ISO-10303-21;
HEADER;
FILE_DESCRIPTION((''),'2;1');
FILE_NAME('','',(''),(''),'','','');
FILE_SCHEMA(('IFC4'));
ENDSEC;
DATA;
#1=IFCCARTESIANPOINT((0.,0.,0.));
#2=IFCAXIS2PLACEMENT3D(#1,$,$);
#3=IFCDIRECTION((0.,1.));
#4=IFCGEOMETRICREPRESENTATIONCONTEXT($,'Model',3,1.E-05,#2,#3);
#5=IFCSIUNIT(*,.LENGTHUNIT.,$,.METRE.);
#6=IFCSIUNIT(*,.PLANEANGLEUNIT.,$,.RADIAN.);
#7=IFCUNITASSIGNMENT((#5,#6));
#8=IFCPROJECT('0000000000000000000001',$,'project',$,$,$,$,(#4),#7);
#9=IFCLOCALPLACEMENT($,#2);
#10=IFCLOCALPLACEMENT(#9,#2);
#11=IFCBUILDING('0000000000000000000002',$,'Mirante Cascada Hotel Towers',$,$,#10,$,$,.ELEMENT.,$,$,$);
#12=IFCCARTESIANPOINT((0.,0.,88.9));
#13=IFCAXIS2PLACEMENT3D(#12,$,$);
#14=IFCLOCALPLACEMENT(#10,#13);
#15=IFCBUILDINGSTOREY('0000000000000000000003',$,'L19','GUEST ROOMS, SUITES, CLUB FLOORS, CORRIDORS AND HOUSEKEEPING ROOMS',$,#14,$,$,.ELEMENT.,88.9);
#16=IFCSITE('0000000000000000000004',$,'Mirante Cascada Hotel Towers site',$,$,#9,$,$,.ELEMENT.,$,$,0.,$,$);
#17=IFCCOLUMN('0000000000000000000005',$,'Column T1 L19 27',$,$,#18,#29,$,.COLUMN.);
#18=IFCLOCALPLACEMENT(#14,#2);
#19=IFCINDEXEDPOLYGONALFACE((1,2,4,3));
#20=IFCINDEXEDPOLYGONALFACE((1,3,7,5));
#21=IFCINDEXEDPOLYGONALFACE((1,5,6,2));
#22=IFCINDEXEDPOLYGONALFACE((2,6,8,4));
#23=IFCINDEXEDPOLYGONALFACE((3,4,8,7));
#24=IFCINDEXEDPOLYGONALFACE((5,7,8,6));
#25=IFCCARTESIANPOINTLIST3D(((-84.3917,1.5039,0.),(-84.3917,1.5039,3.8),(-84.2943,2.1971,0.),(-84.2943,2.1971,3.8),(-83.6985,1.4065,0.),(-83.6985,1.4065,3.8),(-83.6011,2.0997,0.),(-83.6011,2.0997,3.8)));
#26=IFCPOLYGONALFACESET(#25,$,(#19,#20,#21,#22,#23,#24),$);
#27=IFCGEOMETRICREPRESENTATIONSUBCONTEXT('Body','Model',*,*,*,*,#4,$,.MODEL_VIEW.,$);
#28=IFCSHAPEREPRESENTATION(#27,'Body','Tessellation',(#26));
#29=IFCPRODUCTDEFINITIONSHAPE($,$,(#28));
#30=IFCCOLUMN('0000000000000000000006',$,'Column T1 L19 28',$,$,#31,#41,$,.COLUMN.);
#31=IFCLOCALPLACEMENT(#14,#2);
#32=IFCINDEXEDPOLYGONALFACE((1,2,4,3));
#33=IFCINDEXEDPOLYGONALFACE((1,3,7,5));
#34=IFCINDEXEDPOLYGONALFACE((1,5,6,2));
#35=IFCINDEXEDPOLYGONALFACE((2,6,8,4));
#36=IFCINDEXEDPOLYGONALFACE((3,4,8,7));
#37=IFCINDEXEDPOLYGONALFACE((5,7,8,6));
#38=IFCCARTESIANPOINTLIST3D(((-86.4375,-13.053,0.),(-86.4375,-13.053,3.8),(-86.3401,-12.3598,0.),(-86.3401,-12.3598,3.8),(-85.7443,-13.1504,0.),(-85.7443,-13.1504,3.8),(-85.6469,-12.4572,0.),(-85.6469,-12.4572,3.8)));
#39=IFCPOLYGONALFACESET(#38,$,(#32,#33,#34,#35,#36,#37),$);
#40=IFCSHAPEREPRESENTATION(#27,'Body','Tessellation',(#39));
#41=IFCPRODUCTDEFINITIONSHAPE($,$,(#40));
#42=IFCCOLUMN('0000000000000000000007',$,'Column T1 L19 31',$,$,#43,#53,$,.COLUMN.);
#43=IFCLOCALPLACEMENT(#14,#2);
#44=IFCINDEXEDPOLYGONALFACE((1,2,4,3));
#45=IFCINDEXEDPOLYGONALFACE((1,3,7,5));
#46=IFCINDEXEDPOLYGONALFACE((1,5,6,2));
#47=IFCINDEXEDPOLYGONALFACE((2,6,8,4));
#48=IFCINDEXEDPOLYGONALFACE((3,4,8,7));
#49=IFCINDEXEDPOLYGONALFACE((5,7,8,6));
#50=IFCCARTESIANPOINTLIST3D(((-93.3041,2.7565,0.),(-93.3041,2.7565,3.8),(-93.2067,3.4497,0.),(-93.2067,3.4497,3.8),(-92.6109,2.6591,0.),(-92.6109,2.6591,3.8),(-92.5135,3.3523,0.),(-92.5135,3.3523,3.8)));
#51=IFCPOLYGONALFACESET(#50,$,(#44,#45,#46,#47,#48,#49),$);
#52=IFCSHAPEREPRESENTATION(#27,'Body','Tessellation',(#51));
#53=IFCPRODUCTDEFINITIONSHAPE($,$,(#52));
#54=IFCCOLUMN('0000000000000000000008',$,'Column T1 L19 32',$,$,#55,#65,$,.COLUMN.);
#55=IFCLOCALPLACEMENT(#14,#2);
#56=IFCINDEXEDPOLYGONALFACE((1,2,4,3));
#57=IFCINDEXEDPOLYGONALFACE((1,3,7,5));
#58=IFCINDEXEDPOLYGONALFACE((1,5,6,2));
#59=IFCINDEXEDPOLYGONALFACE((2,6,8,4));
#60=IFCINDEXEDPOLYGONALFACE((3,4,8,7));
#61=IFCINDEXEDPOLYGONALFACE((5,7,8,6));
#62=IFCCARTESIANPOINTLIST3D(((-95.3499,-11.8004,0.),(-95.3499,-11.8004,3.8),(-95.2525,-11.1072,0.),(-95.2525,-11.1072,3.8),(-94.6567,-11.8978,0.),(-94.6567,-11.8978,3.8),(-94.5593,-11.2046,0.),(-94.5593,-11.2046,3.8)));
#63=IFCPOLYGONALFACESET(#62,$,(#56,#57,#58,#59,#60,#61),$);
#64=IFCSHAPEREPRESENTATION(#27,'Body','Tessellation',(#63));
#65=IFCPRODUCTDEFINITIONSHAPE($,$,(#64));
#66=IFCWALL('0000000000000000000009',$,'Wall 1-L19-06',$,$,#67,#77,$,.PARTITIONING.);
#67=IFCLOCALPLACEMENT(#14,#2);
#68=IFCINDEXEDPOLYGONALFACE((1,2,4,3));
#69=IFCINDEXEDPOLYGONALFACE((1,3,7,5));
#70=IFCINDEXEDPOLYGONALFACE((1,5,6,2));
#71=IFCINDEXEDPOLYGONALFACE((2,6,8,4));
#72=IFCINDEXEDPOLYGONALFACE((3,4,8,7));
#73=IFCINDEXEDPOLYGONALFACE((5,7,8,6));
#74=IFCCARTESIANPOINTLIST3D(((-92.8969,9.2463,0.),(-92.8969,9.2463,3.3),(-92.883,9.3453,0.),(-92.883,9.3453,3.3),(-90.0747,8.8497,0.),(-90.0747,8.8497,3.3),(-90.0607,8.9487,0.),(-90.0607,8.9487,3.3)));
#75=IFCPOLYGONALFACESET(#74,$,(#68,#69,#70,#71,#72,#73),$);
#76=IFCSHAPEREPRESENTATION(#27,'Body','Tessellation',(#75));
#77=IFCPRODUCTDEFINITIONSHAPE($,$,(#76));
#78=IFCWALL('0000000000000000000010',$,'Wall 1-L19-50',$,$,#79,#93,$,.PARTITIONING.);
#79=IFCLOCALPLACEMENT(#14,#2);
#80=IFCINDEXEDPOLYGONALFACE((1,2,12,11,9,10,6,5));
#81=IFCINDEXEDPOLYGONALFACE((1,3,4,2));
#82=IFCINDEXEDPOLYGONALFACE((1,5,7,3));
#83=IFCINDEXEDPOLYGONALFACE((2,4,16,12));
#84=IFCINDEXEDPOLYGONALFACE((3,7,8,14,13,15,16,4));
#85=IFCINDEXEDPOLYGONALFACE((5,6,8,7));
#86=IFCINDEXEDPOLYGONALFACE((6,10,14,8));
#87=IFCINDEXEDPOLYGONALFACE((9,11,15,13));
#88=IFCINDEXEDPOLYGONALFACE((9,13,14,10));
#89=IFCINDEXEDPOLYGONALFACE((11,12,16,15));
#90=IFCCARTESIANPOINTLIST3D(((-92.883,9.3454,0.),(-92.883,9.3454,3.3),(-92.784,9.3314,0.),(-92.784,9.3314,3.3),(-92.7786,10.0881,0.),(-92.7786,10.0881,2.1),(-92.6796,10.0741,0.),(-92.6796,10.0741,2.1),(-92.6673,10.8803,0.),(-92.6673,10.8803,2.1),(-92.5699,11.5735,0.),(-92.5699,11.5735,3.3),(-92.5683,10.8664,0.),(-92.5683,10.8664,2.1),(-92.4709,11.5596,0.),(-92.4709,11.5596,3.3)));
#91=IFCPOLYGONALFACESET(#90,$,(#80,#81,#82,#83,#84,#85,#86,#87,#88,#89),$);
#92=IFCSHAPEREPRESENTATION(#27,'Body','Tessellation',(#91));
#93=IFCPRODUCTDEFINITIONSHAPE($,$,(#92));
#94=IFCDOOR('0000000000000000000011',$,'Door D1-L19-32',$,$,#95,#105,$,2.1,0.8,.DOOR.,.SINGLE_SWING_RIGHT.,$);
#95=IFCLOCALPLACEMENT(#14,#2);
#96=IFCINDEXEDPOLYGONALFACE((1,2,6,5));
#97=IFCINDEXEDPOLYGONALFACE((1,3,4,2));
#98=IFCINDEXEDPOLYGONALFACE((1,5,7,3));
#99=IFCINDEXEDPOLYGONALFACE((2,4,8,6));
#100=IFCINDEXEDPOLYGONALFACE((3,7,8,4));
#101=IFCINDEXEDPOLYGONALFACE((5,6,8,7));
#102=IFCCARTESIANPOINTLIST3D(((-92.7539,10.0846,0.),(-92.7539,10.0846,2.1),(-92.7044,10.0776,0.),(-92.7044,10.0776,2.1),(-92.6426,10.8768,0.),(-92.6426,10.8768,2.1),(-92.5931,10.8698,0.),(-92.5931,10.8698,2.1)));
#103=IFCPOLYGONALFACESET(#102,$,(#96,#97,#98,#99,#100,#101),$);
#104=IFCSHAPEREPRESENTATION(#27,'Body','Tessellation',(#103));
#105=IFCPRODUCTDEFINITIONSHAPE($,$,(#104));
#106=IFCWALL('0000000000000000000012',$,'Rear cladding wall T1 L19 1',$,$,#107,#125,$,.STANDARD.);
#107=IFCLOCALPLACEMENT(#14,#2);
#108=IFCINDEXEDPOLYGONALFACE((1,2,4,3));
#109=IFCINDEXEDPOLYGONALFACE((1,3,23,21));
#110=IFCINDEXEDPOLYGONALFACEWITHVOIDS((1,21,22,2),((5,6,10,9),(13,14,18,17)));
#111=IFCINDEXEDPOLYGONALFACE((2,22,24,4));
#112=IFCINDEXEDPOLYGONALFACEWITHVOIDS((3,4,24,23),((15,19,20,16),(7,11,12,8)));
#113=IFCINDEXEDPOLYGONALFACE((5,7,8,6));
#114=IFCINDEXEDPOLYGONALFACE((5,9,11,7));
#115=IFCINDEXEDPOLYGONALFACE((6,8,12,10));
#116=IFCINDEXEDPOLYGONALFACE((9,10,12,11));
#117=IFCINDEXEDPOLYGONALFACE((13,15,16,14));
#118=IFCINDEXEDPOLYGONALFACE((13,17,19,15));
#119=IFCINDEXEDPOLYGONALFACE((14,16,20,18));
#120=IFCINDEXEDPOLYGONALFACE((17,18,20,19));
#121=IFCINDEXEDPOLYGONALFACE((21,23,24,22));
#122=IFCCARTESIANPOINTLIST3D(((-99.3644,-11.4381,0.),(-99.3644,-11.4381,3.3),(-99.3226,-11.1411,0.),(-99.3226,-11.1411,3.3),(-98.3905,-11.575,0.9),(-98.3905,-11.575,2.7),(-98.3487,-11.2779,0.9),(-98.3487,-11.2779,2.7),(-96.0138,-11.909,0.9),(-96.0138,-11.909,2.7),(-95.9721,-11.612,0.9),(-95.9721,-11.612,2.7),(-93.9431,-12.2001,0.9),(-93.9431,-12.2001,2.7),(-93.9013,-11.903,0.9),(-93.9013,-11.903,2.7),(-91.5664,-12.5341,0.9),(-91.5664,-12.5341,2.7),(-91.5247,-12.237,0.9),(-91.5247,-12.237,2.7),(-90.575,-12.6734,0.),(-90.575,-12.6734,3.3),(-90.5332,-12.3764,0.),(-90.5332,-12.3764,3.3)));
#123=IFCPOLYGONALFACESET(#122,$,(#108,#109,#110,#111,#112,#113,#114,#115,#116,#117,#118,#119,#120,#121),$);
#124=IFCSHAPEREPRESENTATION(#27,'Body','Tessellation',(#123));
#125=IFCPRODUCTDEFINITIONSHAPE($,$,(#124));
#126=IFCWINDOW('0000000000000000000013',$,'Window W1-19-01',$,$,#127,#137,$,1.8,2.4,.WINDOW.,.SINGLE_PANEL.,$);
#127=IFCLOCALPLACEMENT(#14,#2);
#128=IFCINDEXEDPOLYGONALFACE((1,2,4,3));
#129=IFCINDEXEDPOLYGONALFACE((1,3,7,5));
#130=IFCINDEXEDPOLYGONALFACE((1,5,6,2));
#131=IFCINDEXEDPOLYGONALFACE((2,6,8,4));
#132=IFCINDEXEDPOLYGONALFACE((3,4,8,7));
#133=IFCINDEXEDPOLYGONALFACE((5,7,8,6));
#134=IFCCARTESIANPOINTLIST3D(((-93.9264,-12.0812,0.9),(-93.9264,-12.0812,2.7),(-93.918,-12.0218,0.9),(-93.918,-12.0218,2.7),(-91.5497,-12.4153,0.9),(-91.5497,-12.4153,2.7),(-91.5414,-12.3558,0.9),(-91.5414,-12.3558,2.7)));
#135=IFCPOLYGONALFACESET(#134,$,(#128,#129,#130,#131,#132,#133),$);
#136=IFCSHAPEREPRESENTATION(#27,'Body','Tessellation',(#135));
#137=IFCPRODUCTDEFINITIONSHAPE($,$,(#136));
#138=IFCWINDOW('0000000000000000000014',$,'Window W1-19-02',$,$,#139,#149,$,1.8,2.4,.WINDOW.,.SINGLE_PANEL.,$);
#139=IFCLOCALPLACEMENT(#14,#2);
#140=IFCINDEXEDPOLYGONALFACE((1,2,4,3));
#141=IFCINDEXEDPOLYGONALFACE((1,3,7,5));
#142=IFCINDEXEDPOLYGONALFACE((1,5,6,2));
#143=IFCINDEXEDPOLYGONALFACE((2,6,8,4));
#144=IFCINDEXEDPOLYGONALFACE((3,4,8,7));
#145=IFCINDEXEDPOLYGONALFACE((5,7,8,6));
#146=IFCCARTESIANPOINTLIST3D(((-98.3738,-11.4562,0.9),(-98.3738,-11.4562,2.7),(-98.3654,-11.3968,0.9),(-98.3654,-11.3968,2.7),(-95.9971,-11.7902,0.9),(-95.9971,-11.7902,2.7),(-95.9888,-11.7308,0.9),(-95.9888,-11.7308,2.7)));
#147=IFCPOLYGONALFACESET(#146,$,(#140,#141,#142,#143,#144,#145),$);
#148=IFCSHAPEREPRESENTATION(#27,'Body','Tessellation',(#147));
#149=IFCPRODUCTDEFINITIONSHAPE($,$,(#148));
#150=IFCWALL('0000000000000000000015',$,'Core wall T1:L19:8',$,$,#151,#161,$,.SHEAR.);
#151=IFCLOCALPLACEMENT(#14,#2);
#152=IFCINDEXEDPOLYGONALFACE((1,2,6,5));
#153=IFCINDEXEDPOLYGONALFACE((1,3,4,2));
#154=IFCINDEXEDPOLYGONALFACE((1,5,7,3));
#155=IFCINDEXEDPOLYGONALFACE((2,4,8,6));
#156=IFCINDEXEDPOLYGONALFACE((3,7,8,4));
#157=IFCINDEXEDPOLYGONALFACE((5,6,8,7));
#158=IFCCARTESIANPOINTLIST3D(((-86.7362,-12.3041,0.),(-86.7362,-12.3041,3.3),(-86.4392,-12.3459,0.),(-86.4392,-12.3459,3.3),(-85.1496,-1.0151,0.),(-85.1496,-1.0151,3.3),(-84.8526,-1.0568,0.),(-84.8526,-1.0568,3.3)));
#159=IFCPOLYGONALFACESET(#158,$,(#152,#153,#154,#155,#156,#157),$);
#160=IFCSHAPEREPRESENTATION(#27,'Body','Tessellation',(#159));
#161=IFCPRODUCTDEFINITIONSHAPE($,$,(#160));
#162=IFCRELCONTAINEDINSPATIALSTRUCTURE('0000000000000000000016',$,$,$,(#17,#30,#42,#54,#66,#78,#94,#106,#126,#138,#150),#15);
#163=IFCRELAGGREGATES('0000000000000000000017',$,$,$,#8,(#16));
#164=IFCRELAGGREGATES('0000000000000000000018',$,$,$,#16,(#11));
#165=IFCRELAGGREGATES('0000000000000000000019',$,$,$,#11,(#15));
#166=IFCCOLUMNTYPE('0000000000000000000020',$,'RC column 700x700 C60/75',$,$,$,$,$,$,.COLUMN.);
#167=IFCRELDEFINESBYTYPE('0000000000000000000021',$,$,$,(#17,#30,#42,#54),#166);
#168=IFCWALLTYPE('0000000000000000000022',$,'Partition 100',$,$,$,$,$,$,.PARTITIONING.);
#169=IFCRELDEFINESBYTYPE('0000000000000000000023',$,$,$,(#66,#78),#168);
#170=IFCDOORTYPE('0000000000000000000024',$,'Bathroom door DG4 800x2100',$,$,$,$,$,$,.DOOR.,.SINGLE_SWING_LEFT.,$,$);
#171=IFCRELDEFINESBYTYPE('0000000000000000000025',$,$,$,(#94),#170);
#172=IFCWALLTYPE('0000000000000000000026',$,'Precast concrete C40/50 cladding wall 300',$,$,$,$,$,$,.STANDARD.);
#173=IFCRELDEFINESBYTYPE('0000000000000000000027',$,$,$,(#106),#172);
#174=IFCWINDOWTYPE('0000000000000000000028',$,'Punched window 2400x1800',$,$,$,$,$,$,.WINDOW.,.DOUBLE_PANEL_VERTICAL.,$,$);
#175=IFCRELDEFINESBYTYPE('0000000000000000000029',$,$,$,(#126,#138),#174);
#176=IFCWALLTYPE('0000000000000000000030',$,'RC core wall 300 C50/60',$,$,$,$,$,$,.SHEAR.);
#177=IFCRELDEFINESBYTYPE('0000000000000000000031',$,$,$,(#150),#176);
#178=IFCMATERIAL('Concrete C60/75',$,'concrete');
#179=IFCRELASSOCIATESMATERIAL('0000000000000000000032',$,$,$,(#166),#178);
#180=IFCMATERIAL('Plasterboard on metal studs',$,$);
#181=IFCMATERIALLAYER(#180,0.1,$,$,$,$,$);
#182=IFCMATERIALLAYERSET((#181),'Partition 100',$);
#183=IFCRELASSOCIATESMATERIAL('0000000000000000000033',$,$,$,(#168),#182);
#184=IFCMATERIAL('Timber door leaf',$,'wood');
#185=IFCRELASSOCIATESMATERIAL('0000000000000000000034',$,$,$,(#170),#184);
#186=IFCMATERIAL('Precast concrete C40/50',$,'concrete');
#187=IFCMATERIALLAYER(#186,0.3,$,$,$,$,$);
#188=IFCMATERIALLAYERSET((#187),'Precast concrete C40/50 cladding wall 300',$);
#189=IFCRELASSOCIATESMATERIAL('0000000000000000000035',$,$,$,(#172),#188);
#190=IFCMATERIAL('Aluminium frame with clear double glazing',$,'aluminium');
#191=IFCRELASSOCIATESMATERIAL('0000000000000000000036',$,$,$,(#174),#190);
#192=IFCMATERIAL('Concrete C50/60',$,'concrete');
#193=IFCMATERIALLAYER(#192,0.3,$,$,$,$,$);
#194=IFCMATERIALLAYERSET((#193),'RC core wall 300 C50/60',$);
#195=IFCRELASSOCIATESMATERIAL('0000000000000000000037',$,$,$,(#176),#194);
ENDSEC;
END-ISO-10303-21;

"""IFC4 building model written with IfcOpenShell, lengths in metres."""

from ifc_helpers import new_model, si_unit, direction, frame, frame_2d, origin, origin_2d, place, context, subcontext, project, spatial, rectangle, extrude, material, layer, layer_set, material_profile, profile_set, type_object, element, fill, save


model = new_model("IFC4")

# Units and contexts
model_context = context("Model", 3, precision=1e-05, world=origin(), true_north=direction((0.0, 1.0)))
body_context = subcontext(model_context, "Body", "Model", "MODEL_VIEW")
ifc_project = project(units=[si_unit("LENGTHUNIT", "METRE"), si_unit("PLANEANGLEUNIT", "RADIAN")], contexts=[model_context])

# Site, building, storey
site_placement = place(None, origin())
site = spatial("IfcSite", under=ifc_project, at=site_placement, Name="Mirante Cascada Hotel Towers site", CompositionType="ELEMENT", RefElevation=0.0)
building_placement = place(site_placement, origin())
building = spatial("IfcBuilding", under=site, at=building_placement, Name="Mirante Cascada Hotel Towers", CompositionType="ELEMENT")
storey_placement = place(building_placement, frame((0.0, 0.0, 88.9)))
storey = spatial("IfcBuildingStorey", under=building, at=storey_placement, Name="L19", Description="GUEST ROOMS, SUITES, CLUB FLOORS, CORRIDORS AND HOUSEKEEPING ROOMS", CompositionType="ELEMENT", Elevation=88.9)

# Columns
ifc_material_1 = material(Name="Concrete C60/75", Category="concrete")
ifc_material_profile = material_profile(ifc_material_1, rectangle(XDim=0.7, YDim=0.7, at=origin_2d()), Name="RC column 700x700 C60/75")
ifc_profile_set = profile_set([ifc_material_profile], Name="Concrete C60/75")
column_type = type_object("IfcColumnType", Name="RC column 700x700 C60/75", PredefinedType="COLUMN", material=ifc_profile_set)
for number, where, z_axis, x_axis, name in (
    (1, (-83.9964, 1.8018, 0.0), (0.0, 0.0, 1.0), (-0.990268, 0.139173, 0.0), "Column T1 L19 27"),
    (2, (-86.0422, -12.7551, 0.0), (0.0, 0.0, 1.0), (-0.990268, 0.139173, 0.0), "Column T1 L19 28"),
    (3, (-92.9088, 3.0544, 0.0), (0.0, 0.0, 1.0), (-0.990268, 0.139173, 0.0), "Column T1 L19 31"),
    (4, (-94.9546, -11.5025, 0.0), (0.0, 0.0, 1.0), (-0.990268, 0.139173, 0.0), "Column T1 L19 32"),
):
    element("IfcColumn", number, at=place(storey_placement, frame(where, z_axis=z_axis, x_axis=x_axis)), inside=storey, type_object=column_type, Name=name, PredefinedType="COLUMN", context=body_context, shape_type="SweptSolid", body=[
        extrude(rectangle(XDim=0.7, YDim=0.7, at=origin_2d()), origin(), (0.0, 0.0, 1.0), 3.8),
    ])

# Wall
ifc_material_2 = material(Name="Plasterboard on metal studs")
ifc_layer_1 = layer(ifc_material_2, 0.1)
ifc_layer_set_1 = layer_set([ifc_layer_1], Name="Partition 100")
wall_type_1 = type_object("IfcWallType", Name="Partition 100", PredefinedType="PARTITIONING", material=ifc_layer_set_1)
wall_1_placement = place(storey_placement, frame((-90.0677, 8.8992, 0.0), z_axis=(0.0, 0.0, 1.0), x_axis=(-0.99027, 0.139156, 0.0)))
element("IfcWall", 5, at=wall_1_placement, inside=storey, type_object=wall_type_1, Name="Wall 1-L19-06", PredefinedType="PARTITIONING", context=body_context, shape_type="SweptSolid", body=[
    extrude(rectangle(XDim=2.85, YDim=0.1, at=frame_2d((1.425, 0.0))), origin(), (0.0, 0.0, 1.0), 3.3),
])

# Wall, opening, door
wall_2_placement = place(storey_placement, frame((-92.8335, 9.3384, 0.0), z_axis=(0.0, 0.0, 1.0), x_axis=(0.139156, 0.990271, 0.0)))
wall_2 = element("IfcWall", 6, at=wall_2_placement, inside=storey, type_object=wall_type_1, Name="Wall 1-L19-50", PredefinedType="PARTITIONING", context=body_context, shape_type="SweptSolid", body=[
    extrude(rectangle(XDim=2.25, YDim=0.1, at=frame_2d((1.125, 0.0))), origin(), (0.0, 0.0, 1.0), 3.3),
])
opening_1_placement = place(wall_2_placement, frame((0.75, 0.0, 0.0)))
opening_1 = element("IfcOpeningElement", 7, at=opening_1_placement, cuts=wall_2, PredefinedType="OPENING", context=body_context, shape_type="SweptSolid", body=[
    extrude(rectangle(XDim=0.8, YDim=2.1, at=frame_2d((0.4, 1.05))), frame((0.0, 0.05, 0.0), z_axis=(0.0, -1.0, 0.0), x_axis=(1.0, 0.0, 0.0)), (0.0, 0.0, 1.0), 0.1),
])
ifc_material_3 = material(Name="Timber door leaf", Category="wood")
door_type_1 = type_object("IfcDoorType", Name="Bathroom door DG4 800x2100", OperationType="SINGLE_SWING_LEFT", PredefinedType="DOOR", material=ifc_material_3)
door_1_placement = place(opening_1_placement, frame((0.8, 0.0, 0.0), z_axis=(0.0, 0.0, 1.0), x_axis=(-1.0, 0.0, 0.0)))
door_1 = element("IfcDoor", 8, at=door_1_placement, inside=storey, type_object=door_type_1, Name="Door D1-L19-32", OperationType="SINGLE_SWING_RIGHT", OverallHeight=2.1, OverallWidth=0.8, PredefinedType="DOOR", context=body_context, shape_type="SweptSolid", body=[
    extrude(rectangle(XDim=0.8, YDim=2.1, at=frame_2d((0.4, 1.05))), frame((0.0, 0.025, 0.0), z_axis=(0.0, -1.0, 0.0), x_axis=(1.0, 0.0, 0.0)), (0.0, 0.0, 1.0), 0.05),
])
fill(opening_1, door_1)

# Wall, openings, windows
ifc_material_4 = material(Name="Precast concrete C40/50", Category="concrete")
ifc_layer_2 = layer(ifc_material_4, 0.3)
ifc_layer_set_2 = layer_set([ifc_layer_2], Name="Precast concrete C40/50 cladding wall 300")
wall_type_2 = type_object("IfcWallType", Name="Precast concrete C40/50 cladding wall 300", PredefinedType="STANDARD", material=ifc_layer_set_2)
wall_3_placement = place(storey_placement, frame((-90.5541, -12.5249, 0.0), z_axis=(0.0, 0.0, 1.0), x_axis=(-0.990268, 0.139177, 0.0)))
wall_3 = element("IfcWall", 9, at=wall_3_placement, inside=storey, type_object=wall_type_2, Name="Rear cladding wall T1 L19 1", PredefinedType="STANDARD", context=body_context, shape_type="SweptSolid", body=[
    extrude(rectangle(XDim=8.8758, YDim=0.3, at=frame_2d((4.4379, 0.0))), origin(), (0.0, 0.0, 1.0), 3.3),
])
opening_2_placement = place(wall_3_placement, frame((1.0012, 0.0, 0.9)))
opening_2 = element("IfcOpeningElement", 10, at=opening_2_placement, cuts=wall_3, PredefinedType="OPENING", context=body_context, shape_type="SweptSolid", body=[
    extrude(rectangle(XDim=2.4, YDim=1.8, at=frame_2d((1.2, 0.9))), frame((0.0, 0.15, 0.0), z_axis=(0.0, -1.0, 0.0), x_axis=(1.0, 0.0, 0.0)), (0.0, 0.0, 1.0), 0.3),
])
opening_3_placement = place(wall_3_placement, frame((5.4923, 0.0, 0.9)))
opening_3 = element("IfcOpeningElement", 11, at=opening_3_placement, cuts=wall_3, PredefinedType="OPENING", context=body_context, shape_type="SweptSolid", body=[
    extrude(rectangle(XDim=2.4, YDim=1.8, at=frame_2d((1.2, 0.9))), frame((0.0, 0.15, 0.0), z_axis=(0.0, -1.0, 0.0), x_axis=(1.0, 0.0, 0.0)), (0.0, 0.0, 1.0), 0.3),
])
ifc_material_5 = material(Name="Aluminium frame with clear double glazing", Category="aluminium")
window_type = type_object("IfcWindowType", Name="Punched window 2400x1800", PartitioningType="DOUBLE_PANEL_VERTICAL", PredefinedType="WINDOW", material=ifc_material_5)
window_1_placement = place(opening_2_placement, origin())
window_1 = element("IfcWindow", 12, at=window_1_placement, inside=storey, type_object=window_type, Name="Window W1-19-01", OverallHeight=1.8, OverallWidth=2.4, PartitioningType="SINGLE_PANEL", PredefinedType="WINDOW", context=body_context, shape_type="SweptSolid", body=[
    extrude(rectangle(XDim=2.4, YDim=1.8, at=frame_2d((1.2, 0.9))), frame((0.0, 0.03, 0.0), z_axis=(0.0, -1.0, 0.0), x_axis=(1.0, 0.0, 0.0)), (0.0, 0.0, 1.0), 0.06),
])
fill(opening_2, window_1)
window_2_placement = place(opening_3_placement, origin())
window_2 = element("IfcWindow", 13, at=window_2_placement, inside=storey, type_object=window_type, Name="Window W1-19-02", OverallHeight=1.8, OverallWidth=2.4, PartitioningType="SINGLE_PANEL", PredefinedType="WINDOW", context=body_context, shape_type="SweptSolid", body=[
    extrude(rectangle(XDim=2.4, YDim=1.8, at=frame_2d((1.2, 0.9))), frame((0.0, 0.03, 0.0), z_axis=(0.0, -1.0, 0.0), x_axis=(1.0, 0.0, 0.0)), (0.0, 0.0, 1.0), 0.06),
])
fill(opening_3, window_2)

# Wall
ifc_material_6 = material(Name="Concrete C50/60", Category="concrete")
ifc_layer_3 = layer(ifc_material_6, 0.3)
ifc_layer_set_3 = layer_set([ifc_layer_3], Name="RC core wall 300 C50/60")
wall_type_3 = type_object("IfcWallType", Name="RC core wall 300 C50/60", PredefinedType="SHEAR", material=ifc_layer_set_3)
wall_4_placement = place(storey_placement, frame((-86.5877, -12.325, 0.0), z_axis=(0.0, 0.0, 1.0), x_axis=(0.139175, 0.990268, 0.0)))
element("IfcWall", 14, at=wall_4_placement, inside=storey, type_object=wall_type_3, Name="Core wall T1:L19:8", PredefinedType="SHEAR", context=body_context, shape_type="SweptSolid", body=[
    extrude(rectangle(XDim=11.4, YDim=0.3, at=frame_2d((5.7, 0.0))), origin(), (0.0, 0.0, 1.0), 3.3),
])

save(model, "model.ifc")
